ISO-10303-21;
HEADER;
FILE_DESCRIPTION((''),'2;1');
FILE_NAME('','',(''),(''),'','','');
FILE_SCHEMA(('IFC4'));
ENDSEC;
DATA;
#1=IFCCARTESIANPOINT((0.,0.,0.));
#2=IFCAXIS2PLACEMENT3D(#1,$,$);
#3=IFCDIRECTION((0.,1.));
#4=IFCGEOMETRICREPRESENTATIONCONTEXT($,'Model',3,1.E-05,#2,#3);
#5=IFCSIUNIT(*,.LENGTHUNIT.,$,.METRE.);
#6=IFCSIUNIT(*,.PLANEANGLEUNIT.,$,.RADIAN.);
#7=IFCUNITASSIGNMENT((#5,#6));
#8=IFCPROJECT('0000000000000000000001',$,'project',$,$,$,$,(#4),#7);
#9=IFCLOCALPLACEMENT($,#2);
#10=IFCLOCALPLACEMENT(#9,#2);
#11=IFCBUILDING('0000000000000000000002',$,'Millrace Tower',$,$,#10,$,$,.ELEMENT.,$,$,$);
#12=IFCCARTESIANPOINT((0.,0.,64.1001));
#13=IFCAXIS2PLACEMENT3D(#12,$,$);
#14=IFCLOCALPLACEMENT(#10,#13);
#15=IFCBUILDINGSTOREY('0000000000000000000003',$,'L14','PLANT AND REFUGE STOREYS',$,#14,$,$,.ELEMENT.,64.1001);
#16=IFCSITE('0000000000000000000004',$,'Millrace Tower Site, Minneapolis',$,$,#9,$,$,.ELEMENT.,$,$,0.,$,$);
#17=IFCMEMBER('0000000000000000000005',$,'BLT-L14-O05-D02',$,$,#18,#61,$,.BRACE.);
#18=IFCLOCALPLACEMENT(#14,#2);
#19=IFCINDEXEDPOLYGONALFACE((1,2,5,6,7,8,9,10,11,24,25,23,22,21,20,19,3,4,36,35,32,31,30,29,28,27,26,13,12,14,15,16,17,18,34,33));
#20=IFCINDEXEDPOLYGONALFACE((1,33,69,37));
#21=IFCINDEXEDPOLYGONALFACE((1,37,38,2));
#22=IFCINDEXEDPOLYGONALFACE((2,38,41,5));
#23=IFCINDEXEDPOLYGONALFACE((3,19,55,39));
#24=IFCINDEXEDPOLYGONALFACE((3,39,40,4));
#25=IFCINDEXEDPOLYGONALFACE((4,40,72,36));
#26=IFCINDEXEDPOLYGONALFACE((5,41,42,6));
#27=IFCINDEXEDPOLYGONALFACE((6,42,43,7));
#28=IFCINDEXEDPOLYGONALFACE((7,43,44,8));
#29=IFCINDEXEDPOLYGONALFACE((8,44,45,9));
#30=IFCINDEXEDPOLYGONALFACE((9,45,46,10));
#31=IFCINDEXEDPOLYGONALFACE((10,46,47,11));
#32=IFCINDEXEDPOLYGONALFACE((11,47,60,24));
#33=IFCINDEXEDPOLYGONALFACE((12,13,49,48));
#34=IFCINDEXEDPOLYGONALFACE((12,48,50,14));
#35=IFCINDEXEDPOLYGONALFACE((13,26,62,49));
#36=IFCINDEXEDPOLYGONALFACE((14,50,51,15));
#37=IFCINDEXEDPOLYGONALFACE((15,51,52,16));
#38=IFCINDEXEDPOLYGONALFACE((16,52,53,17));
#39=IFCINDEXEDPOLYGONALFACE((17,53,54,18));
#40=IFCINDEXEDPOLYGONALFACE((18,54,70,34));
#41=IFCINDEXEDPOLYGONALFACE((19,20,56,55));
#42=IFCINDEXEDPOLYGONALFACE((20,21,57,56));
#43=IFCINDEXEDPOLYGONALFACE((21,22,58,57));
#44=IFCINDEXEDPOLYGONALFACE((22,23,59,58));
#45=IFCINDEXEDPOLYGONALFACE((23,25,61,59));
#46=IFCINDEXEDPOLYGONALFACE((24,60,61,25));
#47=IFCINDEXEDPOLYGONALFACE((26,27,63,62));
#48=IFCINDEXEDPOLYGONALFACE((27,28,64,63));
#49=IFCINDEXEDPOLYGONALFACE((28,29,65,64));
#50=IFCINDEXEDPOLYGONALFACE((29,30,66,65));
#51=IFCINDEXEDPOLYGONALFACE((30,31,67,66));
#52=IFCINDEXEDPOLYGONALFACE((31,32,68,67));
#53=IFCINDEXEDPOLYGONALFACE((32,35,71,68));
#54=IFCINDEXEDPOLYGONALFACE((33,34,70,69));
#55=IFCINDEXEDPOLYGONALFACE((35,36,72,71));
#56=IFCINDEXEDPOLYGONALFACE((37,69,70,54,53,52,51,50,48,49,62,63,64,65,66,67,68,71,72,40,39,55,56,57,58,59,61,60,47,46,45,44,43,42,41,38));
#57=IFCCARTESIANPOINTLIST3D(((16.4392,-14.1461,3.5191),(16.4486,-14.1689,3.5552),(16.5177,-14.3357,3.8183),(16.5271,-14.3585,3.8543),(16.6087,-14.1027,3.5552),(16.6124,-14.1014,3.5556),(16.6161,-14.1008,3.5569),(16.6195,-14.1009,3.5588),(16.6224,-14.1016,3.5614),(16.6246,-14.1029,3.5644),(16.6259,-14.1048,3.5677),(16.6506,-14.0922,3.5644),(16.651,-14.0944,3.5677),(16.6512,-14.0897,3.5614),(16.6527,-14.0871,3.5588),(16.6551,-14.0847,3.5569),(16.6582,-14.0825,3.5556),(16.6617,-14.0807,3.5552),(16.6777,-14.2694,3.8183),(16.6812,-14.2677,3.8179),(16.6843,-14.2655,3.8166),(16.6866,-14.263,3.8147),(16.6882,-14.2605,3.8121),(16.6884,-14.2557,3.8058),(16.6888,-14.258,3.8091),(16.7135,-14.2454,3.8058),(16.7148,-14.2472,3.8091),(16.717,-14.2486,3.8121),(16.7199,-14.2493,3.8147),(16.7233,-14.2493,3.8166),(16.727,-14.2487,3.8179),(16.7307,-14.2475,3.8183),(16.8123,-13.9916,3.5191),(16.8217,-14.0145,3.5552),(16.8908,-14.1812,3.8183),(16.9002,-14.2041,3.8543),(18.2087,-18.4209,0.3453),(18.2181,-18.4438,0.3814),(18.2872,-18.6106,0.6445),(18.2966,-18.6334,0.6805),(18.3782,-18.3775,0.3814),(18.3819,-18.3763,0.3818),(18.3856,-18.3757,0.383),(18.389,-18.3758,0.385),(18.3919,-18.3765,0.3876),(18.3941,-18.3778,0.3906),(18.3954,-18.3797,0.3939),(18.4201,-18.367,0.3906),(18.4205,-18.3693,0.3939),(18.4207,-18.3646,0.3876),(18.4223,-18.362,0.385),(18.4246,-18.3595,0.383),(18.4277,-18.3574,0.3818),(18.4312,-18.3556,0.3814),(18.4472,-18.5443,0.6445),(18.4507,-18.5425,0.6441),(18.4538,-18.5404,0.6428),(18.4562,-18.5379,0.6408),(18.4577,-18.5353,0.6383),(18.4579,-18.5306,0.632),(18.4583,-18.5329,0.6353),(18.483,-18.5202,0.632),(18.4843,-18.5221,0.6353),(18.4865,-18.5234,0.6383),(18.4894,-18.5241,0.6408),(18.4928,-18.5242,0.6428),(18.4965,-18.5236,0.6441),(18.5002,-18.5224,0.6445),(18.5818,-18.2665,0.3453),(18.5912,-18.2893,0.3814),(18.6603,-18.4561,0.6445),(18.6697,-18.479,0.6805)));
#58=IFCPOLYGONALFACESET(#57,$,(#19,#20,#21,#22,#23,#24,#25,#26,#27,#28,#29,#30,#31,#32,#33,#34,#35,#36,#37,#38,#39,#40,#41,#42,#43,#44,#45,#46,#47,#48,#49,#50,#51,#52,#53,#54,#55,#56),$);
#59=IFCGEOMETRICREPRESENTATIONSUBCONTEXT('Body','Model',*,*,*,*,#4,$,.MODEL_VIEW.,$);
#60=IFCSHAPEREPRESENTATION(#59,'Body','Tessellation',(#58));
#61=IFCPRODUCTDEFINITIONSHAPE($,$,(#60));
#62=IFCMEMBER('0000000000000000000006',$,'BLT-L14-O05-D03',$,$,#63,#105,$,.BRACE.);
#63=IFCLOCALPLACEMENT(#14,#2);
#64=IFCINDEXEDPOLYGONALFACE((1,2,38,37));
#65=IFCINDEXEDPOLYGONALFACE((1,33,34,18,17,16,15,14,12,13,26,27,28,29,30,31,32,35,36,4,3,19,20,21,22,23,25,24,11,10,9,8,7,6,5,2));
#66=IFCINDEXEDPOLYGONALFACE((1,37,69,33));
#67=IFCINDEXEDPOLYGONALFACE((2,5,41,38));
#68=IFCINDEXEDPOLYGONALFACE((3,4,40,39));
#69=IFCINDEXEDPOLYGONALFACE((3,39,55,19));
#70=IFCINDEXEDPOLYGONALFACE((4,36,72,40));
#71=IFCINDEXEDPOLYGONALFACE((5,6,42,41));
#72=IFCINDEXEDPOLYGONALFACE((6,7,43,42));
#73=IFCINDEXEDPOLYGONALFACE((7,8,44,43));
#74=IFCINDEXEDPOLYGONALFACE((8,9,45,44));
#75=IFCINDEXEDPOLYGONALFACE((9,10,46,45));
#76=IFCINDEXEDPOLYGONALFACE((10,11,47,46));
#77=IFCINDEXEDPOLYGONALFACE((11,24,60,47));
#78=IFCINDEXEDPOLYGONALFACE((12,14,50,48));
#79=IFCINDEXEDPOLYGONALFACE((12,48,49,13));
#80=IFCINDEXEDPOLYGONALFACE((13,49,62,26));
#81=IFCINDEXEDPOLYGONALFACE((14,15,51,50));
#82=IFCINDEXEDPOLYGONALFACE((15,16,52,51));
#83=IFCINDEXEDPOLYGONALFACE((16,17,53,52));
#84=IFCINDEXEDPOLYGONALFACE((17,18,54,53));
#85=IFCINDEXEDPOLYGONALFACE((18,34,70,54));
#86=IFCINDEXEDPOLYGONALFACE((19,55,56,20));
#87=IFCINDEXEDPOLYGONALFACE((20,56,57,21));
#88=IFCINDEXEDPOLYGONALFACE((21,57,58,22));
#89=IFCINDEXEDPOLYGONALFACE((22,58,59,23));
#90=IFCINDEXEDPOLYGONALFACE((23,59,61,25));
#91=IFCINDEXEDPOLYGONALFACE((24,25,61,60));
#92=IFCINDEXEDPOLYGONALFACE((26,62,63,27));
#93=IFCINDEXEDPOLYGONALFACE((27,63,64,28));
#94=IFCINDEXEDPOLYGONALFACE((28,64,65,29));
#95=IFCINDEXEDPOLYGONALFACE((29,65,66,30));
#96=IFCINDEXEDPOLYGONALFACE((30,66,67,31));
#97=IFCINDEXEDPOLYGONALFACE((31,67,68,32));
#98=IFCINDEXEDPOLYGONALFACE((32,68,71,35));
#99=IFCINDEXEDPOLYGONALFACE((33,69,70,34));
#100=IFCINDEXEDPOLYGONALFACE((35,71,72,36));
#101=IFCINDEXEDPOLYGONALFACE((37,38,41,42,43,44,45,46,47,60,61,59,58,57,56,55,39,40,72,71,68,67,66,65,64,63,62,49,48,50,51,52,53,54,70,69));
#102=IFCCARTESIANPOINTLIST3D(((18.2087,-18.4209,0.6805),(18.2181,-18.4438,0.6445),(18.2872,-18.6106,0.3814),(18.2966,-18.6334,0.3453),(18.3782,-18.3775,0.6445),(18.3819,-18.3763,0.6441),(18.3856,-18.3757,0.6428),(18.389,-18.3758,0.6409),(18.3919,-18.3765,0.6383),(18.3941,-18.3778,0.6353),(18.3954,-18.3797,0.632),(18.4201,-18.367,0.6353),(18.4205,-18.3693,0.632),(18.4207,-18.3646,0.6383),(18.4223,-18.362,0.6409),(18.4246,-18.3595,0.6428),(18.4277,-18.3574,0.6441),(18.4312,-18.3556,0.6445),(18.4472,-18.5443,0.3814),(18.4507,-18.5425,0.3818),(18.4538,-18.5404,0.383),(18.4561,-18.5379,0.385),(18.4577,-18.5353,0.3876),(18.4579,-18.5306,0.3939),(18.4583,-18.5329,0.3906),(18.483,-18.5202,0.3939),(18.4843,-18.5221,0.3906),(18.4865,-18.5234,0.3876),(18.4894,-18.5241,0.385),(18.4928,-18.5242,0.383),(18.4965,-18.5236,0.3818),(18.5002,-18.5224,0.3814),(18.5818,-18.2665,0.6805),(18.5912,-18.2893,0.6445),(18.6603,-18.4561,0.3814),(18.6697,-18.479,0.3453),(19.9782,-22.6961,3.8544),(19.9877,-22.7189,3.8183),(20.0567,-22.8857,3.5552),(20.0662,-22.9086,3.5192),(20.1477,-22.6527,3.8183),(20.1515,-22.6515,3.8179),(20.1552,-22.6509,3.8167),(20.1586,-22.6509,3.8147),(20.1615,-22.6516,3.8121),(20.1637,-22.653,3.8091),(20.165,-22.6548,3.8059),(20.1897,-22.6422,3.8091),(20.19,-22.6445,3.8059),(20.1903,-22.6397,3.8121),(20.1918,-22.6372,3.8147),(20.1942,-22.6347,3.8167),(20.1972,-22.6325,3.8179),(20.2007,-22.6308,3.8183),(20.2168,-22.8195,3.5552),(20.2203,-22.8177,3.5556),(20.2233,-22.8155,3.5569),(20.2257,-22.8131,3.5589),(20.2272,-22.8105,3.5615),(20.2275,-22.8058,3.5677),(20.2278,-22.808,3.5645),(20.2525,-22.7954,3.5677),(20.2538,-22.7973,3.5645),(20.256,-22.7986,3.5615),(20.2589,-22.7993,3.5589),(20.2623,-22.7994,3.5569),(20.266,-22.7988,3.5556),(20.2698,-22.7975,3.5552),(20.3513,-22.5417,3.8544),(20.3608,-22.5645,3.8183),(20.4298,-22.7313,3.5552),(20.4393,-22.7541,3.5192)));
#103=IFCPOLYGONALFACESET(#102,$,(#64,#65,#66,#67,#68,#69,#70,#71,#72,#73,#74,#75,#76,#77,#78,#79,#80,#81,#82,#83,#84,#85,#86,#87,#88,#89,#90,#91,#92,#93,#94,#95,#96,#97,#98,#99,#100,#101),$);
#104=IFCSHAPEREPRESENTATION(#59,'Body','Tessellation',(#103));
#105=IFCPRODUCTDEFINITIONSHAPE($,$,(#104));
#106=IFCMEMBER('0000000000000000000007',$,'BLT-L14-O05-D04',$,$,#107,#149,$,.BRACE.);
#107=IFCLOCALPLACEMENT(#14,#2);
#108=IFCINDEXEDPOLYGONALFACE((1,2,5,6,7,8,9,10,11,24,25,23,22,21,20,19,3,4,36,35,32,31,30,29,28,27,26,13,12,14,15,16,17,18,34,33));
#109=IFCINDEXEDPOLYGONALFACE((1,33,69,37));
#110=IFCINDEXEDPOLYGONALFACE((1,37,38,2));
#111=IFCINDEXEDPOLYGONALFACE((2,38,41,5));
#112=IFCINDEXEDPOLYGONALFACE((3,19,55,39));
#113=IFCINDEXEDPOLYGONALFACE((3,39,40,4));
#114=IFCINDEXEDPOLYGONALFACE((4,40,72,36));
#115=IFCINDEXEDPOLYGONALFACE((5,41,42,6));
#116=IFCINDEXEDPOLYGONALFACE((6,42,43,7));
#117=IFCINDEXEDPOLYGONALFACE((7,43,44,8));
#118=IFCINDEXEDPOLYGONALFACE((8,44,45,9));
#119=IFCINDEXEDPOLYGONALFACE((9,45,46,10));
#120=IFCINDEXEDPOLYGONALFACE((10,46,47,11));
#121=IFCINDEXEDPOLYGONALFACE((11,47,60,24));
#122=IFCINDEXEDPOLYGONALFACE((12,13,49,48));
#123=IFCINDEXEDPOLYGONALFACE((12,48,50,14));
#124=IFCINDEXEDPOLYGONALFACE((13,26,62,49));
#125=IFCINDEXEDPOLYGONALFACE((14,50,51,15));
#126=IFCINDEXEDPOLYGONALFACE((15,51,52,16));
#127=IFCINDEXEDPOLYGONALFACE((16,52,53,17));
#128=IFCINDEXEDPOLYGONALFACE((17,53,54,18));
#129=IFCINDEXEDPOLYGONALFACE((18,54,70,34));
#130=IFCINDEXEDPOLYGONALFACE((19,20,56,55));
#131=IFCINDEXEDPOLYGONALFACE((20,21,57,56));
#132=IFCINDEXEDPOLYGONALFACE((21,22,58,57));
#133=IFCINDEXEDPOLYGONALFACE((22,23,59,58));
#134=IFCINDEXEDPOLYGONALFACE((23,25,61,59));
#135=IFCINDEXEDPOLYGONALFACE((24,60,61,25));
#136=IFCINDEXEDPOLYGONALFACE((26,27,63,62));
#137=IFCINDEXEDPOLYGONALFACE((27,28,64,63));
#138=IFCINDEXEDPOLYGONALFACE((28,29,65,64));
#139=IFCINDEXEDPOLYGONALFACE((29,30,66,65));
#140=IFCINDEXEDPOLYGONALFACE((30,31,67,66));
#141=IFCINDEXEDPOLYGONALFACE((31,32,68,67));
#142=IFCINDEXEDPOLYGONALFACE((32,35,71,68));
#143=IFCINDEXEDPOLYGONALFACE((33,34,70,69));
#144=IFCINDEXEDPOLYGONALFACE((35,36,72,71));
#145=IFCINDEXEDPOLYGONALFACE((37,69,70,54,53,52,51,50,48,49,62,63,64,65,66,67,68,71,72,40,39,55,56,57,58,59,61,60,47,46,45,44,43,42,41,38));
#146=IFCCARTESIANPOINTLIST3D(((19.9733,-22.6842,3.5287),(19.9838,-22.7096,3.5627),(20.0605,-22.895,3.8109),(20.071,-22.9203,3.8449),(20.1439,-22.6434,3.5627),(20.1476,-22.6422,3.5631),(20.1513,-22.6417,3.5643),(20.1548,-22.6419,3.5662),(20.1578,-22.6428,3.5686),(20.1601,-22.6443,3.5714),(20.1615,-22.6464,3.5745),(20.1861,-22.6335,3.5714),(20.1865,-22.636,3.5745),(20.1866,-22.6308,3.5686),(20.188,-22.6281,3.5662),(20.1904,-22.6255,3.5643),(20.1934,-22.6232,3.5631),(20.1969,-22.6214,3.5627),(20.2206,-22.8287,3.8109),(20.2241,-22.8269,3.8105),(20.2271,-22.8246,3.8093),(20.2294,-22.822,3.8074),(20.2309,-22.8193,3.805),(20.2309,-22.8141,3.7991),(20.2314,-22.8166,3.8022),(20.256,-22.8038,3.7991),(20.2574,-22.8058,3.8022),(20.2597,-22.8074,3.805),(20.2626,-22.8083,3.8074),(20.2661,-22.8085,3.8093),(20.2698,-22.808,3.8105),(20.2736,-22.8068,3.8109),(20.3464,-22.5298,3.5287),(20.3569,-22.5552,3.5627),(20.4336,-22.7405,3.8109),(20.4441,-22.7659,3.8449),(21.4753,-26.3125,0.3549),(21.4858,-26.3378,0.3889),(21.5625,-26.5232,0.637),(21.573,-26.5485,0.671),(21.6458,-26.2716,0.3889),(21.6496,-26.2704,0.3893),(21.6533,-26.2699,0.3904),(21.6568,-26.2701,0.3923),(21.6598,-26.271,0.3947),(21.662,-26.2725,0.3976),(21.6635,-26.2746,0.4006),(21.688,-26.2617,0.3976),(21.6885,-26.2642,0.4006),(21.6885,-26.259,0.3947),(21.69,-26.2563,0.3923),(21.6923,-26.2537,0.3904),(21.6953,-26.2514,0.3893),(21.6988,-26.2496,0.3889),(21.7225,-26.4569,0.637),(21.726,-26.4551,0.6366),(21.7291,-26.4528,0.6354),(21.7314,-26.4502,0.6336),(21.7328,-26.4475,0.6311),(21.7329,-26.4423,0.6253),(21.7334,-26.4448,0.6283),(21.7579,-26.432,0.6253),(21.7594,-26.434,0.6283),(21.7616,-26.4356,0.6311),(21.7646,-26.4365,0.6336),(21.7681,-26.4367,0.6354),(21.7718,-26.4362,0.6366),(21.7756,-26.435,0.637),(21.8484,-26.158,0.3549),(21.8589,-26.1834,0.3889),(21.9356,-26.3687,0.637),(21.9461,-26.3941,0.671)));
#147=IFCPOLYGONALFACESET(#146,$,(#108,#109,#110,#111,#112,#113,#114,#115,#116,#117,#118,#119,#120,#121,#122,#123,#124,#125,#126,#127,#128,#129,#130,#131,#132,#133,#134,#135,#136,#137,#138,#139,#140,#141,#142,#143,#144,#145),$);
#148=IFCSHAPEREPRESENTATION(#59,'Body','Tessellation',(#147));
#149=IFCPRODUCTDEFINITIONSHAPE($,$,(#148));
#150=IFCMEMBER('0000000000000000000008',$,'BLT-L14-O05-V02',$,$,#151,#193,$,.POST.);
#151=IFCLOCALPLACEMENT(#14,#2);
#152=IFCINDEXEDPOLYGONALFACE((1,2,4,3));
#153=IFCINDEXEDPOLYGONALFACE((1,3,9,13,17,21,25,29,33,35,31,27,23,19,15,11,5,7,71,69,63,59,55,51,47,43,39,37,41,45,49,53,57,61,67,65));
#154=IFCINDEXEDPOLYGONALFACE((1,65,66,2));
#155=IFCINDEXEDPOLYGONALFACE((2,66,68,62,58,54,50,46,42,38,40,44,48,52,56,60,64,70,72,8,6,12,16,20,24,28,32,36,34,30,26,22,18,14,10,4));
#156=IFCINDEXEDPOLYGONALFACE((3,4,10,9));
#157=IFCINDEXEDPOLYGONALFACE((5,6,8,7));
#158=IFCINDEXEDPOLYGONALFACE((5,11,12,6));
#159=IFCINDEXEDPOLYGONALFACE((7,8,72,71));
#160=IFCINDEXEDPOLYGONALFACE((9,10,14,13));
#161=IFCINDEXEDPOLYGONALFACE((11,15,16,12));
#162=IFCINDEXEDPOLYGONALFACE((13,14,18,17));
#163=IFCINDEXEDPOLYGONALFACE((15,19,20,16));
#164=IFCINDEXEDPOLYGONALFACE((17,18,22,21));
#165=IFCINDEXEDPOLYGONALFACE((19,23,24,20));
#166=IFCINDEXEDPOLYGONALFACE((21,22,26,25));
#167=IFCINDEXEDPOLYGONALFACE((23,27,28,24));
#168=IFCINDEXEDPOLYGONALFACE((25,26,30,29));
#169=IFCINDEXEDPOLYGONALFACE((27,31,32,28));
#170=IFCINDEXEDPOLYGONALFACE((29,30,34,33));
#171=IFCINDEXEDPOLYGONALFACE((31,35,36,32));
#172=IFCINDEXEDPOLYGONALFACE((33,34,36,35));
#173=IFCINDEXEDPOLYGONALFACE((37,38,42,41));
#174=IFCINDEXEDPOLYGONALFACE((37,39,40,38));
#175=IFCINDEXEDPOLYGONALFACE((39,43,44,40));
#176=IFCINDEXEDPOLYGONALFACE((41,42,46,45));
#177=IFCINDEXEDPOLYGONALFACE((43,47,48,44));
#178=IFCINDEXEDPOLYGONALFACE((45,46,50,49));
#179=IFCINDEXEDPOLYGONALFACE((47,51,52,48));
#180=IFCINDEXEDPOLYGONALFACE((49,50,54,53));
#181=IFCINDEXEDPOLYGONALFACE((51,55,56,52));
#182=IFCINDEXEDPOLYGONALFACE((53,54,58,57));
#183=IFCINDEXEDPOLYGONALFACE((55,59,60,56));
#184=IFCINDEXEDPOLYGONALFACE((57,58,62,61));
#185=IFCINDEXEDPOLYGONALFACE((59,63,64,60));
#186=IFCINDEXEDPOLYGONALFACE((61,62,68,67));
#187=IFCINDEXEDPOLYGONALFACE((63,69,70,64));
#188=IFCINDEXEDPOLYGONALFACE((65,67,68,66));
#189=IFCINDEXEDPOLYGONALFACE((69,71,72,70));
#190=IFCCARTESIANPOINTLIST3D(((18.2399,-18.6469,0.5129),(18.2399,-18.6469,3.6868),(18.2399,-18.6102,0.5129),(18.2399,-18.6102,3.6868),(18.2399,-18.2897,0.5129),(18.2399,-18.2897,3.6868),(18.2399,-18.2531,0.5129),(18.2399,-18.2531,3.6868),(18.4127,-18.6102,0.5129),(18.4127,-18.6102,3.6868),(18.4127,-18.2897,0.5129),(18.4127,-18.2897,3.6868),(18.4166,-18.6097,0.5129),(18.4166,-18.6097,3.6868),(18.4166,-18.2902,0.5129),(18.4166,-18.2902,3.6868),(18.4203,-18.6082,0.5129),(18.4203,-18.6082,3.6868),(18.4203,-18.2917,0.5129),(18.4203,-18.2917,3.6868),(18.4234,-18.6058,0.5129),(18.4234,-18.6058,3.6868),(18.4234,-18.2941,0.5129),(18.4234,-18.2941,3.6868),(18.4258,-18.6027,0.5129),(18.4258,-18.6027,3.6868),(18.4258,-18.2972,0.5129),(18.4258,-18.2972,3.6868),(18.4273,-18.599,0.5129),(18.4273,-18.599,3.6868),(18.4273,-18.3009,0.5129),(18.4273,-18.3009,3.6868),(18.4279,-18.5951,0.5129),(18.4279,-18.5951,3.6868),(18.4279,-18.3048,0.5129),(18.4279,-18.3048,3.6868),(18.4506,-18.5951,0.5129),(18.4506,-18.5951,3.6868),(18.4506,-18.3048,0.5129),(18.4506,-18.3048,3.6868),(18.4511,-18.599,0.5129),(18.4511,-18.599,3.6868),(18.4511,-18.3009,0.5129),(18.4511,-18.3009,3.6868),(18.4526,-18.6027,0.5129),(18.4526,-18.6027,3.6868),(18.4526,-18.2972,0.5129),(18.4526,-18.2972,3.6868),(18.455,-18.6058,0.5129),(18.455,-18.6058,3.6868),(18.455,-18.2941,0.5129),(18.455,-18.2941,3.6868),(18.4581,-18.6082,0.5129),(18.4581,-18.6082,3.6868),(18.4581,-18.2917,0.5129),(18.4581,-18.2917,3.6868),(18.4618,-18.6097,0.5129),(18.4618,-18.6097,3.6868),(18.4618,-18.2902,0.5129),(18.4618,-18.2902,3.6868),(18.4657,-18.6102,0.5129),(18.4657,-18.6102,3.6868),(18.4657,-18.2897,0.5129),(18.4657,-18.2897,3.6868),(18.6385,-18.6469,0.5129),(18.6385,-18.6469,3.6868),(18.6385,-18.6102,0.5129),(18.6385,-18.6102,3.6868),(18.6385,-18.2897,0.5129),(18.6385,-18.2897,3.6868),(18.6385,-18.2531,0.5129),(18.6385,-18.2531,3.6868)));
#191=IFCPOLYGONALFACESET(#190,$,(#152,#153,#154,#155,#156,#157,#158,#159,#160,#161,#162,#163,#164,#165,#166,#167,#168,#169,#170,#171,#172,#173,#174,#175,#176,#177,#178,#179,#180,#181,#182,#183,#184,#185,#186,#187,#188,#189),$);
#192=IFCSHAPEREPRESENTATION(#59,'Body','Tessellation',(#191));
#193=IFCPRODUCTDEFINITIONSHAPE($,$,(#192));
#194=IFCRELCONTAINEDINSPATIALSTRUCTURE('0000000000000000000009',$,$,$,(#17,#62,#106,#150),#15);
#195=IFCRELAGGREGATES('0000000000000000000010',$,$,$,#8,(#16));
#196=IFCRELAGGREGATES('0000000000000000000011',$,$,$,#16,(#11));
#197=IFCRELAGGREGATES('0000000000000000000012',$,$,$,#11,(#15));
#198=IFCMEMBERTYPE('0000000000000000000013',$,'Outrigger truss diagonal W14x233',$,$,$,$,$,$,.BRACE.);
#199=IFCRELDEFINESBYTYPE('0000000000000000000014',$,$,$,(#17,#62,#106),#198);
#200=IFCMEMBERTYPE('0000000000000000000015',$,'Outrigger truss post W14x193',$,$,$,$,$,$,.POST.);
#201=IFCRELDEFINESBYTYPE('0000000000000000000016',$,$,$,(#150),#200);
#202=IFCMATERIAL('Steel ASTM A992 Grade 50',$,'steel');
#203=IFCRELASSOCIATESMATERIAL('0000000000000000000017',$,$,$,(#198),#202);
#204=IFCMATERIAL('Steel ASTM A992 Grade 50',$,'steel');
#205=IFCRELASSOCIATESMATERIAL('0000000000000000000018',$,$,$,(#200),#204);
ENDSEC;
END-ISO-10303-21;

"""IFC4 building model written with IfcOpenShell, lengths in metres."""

from ifc_helpers import new_model, si_unit, direction, frame, origin, origin_2d, place, context, subcontext, project, spatial, i_section, extrude, material, material_profile, profile_set, type_object, element, save


model = new_model("IFC4")

# Units and contexts
model_context = context("Model", 3, precision=1e-05, world=origin(), true_north=direction((0.0, 1.0)))
body_context = subcontext(model_context, "Body", "Model", "MODEL_VIEW")
ifc_project = project(units=[si_unit("LENGTHUNIT", "METRE"), si_unit("PLANEANGLEUNIT", "RADIAN")], contexts=[model_context])

# Site, building, storey
site_placement = place(None, origin())
site = spatial("IfcSite", under=ifc_project, at=site_placement, Name="Millrace Tower Site, Minneapolis", CompositionType="ELEMENT", RefElevation=0.0)
building_placement = place(site_placement, origin())
building = spatial("IfcBuilding", under=site, at=building_placement, Name="Millrace Tower", CompositionType="ELEMENT")
storey_placement = place(building_placement, frame((0.0, 0.0, 64.1001)))
storey = spatial("IfcBuildingStorey", under=building, at=storey_placement, Name="L14", Description="PLANT AND REFUGE STOREYS", CompositionType="ELEMENT", Elevation=64.1001)

# Members
ifc_material_1 = material(Name="Steel ASTM A992 Grade 50", Category="steel")
ifc_material_profile_1 = material_profile(ifc_material_1, i_section(OverallWidth=0.4038, OverallDepth=0.4065, WebThickness=0.0271, FlangeThickness=0.0437, FilletRadius=0.0151, at=origin_2d()))
ifc_profile_set_1 = profile_set([ifc_material_profile_1], Name="Steel ASTM A992 Grade 50")
member_type_1 = type_object("IfcMemberType", Name="Outrigger truss diagonal W14x233", PredefinedType="BRACE", material=ifc_profile_set_1)
member_1_placement = place(storey_placement, frame((18.4392, -18.45, 0.5129), z_axis=(-0.315389, 0.761929, 0.565681), x_axis=(-0.923971, -0.382464, 0.0)))
element("IfcMember", 1, at=member_1_placement, inside=storey, type_object=member_type_1, Name="BLT-L14-O05-D02", PredefinedType="BRACE", context=body_context, shape_type="SweptSolid", body=[
    extrude(i_section(OverallWidth=0.4038, OverallDepth=0.4065, WebThickness=0.0271, FlangeThickness=0.0437, FilletRadius=0.0151, at=origin_2d()), origin(), (0.0, 0.0, 1.0), 5.6106),
])
member_2_placement = place(storey_placement, frame((18.4392, -18.45, 0.5129), z_axis=(0.315378, -0.761947, 0.565662), x_axis=(0.923978, 0.382445, 0.0)))
element("IfcMember", 2, at=member_2_placement, inside=storey, type_object=member_type_1, Name="BLT-L14-O05-D03", PredefinedType="BRACE", context=body_context, shape_type="SweptSolid", body=[
    extrude(i_section(OverallWidth=0.4038, OverallDepth=0.4065, WebThickness=0.0271, FlangeThickness=0.0437, FilletRadius=0.0151, at=origin_2d()), origin(), (0.0, 0.0, 1.0), 5.6108),
])
member_3_placement = place(storey_placement, frame((21.7107, -26.3533, 0.5129), z_axis=(-0.297474, 0.718588, 0.628602), x_axis=(-0.923959, -0.382491, 0.0)))
element("IfcMember", 3, at=member_3_placement, inside=storey, type_object=member_type_1, Name="BLT-L14-O05-D04", PredefinedType="BRACE", context=body_context, shape_type="SweptSolid", body=[
    extrude(i_section(OverallWidth=0.4038, OverallDepth=0.4065, WebThickness=0.0271, FlangeThickness=0.0437, FilletRadius=0.0151, at=origin_2d()), origin(), (0.0, 0.0, 1.0), 5.0491),
])
ifc_material_2 = material(Name="Steel ASTM A992 Grade 50", Category="steel")
ifc_material_profile_2 = material_profile(ifc_material_2, i_section(OverallWidth=0.3987, OverallDepth=0.3938, WebThickness=0.0227, FlangeThickness=0.0366, FilletRadius=0.0151, at=origin_2d()))
ifc_profile_set_2 = profile_set([ifc_material_profile_2], Name="Steel ASTM A992 Grade 50")
member_type_2 = type_object("IfcMemberType", Name="Outrigger truss post W14x193", PredefinedType="POST", material=ifc_profile_set_2)
for number, where, z_axis, x_axis, name in (
    (4, (18.4392, -18.45, 0.5129), (0.0, 0.0, 1.0), (1.0, 0.0, 0.0), "BLT-L14-O05-V02"),
):
    element("IfcMember", number, at=place(storey_placement, frame(where, z_axis=z_axis, x_axis=x_axis)), inside=storey, type_object=member_type_2, Name=name, PredefinedType="POST", context=body_context, shape_type="SweptSolid", body=[
        extrude(i_section(OverallWidth=0.3987, OverallDepth=0.3938, WebThickness=0.0227, FlangeThickness=0.0366, FilletRadius=0.0151, at=origin_2d()), origin(), (0.0, 0.0, 1.0), 3.1738),
    ])

save(model, "model.ifc")
